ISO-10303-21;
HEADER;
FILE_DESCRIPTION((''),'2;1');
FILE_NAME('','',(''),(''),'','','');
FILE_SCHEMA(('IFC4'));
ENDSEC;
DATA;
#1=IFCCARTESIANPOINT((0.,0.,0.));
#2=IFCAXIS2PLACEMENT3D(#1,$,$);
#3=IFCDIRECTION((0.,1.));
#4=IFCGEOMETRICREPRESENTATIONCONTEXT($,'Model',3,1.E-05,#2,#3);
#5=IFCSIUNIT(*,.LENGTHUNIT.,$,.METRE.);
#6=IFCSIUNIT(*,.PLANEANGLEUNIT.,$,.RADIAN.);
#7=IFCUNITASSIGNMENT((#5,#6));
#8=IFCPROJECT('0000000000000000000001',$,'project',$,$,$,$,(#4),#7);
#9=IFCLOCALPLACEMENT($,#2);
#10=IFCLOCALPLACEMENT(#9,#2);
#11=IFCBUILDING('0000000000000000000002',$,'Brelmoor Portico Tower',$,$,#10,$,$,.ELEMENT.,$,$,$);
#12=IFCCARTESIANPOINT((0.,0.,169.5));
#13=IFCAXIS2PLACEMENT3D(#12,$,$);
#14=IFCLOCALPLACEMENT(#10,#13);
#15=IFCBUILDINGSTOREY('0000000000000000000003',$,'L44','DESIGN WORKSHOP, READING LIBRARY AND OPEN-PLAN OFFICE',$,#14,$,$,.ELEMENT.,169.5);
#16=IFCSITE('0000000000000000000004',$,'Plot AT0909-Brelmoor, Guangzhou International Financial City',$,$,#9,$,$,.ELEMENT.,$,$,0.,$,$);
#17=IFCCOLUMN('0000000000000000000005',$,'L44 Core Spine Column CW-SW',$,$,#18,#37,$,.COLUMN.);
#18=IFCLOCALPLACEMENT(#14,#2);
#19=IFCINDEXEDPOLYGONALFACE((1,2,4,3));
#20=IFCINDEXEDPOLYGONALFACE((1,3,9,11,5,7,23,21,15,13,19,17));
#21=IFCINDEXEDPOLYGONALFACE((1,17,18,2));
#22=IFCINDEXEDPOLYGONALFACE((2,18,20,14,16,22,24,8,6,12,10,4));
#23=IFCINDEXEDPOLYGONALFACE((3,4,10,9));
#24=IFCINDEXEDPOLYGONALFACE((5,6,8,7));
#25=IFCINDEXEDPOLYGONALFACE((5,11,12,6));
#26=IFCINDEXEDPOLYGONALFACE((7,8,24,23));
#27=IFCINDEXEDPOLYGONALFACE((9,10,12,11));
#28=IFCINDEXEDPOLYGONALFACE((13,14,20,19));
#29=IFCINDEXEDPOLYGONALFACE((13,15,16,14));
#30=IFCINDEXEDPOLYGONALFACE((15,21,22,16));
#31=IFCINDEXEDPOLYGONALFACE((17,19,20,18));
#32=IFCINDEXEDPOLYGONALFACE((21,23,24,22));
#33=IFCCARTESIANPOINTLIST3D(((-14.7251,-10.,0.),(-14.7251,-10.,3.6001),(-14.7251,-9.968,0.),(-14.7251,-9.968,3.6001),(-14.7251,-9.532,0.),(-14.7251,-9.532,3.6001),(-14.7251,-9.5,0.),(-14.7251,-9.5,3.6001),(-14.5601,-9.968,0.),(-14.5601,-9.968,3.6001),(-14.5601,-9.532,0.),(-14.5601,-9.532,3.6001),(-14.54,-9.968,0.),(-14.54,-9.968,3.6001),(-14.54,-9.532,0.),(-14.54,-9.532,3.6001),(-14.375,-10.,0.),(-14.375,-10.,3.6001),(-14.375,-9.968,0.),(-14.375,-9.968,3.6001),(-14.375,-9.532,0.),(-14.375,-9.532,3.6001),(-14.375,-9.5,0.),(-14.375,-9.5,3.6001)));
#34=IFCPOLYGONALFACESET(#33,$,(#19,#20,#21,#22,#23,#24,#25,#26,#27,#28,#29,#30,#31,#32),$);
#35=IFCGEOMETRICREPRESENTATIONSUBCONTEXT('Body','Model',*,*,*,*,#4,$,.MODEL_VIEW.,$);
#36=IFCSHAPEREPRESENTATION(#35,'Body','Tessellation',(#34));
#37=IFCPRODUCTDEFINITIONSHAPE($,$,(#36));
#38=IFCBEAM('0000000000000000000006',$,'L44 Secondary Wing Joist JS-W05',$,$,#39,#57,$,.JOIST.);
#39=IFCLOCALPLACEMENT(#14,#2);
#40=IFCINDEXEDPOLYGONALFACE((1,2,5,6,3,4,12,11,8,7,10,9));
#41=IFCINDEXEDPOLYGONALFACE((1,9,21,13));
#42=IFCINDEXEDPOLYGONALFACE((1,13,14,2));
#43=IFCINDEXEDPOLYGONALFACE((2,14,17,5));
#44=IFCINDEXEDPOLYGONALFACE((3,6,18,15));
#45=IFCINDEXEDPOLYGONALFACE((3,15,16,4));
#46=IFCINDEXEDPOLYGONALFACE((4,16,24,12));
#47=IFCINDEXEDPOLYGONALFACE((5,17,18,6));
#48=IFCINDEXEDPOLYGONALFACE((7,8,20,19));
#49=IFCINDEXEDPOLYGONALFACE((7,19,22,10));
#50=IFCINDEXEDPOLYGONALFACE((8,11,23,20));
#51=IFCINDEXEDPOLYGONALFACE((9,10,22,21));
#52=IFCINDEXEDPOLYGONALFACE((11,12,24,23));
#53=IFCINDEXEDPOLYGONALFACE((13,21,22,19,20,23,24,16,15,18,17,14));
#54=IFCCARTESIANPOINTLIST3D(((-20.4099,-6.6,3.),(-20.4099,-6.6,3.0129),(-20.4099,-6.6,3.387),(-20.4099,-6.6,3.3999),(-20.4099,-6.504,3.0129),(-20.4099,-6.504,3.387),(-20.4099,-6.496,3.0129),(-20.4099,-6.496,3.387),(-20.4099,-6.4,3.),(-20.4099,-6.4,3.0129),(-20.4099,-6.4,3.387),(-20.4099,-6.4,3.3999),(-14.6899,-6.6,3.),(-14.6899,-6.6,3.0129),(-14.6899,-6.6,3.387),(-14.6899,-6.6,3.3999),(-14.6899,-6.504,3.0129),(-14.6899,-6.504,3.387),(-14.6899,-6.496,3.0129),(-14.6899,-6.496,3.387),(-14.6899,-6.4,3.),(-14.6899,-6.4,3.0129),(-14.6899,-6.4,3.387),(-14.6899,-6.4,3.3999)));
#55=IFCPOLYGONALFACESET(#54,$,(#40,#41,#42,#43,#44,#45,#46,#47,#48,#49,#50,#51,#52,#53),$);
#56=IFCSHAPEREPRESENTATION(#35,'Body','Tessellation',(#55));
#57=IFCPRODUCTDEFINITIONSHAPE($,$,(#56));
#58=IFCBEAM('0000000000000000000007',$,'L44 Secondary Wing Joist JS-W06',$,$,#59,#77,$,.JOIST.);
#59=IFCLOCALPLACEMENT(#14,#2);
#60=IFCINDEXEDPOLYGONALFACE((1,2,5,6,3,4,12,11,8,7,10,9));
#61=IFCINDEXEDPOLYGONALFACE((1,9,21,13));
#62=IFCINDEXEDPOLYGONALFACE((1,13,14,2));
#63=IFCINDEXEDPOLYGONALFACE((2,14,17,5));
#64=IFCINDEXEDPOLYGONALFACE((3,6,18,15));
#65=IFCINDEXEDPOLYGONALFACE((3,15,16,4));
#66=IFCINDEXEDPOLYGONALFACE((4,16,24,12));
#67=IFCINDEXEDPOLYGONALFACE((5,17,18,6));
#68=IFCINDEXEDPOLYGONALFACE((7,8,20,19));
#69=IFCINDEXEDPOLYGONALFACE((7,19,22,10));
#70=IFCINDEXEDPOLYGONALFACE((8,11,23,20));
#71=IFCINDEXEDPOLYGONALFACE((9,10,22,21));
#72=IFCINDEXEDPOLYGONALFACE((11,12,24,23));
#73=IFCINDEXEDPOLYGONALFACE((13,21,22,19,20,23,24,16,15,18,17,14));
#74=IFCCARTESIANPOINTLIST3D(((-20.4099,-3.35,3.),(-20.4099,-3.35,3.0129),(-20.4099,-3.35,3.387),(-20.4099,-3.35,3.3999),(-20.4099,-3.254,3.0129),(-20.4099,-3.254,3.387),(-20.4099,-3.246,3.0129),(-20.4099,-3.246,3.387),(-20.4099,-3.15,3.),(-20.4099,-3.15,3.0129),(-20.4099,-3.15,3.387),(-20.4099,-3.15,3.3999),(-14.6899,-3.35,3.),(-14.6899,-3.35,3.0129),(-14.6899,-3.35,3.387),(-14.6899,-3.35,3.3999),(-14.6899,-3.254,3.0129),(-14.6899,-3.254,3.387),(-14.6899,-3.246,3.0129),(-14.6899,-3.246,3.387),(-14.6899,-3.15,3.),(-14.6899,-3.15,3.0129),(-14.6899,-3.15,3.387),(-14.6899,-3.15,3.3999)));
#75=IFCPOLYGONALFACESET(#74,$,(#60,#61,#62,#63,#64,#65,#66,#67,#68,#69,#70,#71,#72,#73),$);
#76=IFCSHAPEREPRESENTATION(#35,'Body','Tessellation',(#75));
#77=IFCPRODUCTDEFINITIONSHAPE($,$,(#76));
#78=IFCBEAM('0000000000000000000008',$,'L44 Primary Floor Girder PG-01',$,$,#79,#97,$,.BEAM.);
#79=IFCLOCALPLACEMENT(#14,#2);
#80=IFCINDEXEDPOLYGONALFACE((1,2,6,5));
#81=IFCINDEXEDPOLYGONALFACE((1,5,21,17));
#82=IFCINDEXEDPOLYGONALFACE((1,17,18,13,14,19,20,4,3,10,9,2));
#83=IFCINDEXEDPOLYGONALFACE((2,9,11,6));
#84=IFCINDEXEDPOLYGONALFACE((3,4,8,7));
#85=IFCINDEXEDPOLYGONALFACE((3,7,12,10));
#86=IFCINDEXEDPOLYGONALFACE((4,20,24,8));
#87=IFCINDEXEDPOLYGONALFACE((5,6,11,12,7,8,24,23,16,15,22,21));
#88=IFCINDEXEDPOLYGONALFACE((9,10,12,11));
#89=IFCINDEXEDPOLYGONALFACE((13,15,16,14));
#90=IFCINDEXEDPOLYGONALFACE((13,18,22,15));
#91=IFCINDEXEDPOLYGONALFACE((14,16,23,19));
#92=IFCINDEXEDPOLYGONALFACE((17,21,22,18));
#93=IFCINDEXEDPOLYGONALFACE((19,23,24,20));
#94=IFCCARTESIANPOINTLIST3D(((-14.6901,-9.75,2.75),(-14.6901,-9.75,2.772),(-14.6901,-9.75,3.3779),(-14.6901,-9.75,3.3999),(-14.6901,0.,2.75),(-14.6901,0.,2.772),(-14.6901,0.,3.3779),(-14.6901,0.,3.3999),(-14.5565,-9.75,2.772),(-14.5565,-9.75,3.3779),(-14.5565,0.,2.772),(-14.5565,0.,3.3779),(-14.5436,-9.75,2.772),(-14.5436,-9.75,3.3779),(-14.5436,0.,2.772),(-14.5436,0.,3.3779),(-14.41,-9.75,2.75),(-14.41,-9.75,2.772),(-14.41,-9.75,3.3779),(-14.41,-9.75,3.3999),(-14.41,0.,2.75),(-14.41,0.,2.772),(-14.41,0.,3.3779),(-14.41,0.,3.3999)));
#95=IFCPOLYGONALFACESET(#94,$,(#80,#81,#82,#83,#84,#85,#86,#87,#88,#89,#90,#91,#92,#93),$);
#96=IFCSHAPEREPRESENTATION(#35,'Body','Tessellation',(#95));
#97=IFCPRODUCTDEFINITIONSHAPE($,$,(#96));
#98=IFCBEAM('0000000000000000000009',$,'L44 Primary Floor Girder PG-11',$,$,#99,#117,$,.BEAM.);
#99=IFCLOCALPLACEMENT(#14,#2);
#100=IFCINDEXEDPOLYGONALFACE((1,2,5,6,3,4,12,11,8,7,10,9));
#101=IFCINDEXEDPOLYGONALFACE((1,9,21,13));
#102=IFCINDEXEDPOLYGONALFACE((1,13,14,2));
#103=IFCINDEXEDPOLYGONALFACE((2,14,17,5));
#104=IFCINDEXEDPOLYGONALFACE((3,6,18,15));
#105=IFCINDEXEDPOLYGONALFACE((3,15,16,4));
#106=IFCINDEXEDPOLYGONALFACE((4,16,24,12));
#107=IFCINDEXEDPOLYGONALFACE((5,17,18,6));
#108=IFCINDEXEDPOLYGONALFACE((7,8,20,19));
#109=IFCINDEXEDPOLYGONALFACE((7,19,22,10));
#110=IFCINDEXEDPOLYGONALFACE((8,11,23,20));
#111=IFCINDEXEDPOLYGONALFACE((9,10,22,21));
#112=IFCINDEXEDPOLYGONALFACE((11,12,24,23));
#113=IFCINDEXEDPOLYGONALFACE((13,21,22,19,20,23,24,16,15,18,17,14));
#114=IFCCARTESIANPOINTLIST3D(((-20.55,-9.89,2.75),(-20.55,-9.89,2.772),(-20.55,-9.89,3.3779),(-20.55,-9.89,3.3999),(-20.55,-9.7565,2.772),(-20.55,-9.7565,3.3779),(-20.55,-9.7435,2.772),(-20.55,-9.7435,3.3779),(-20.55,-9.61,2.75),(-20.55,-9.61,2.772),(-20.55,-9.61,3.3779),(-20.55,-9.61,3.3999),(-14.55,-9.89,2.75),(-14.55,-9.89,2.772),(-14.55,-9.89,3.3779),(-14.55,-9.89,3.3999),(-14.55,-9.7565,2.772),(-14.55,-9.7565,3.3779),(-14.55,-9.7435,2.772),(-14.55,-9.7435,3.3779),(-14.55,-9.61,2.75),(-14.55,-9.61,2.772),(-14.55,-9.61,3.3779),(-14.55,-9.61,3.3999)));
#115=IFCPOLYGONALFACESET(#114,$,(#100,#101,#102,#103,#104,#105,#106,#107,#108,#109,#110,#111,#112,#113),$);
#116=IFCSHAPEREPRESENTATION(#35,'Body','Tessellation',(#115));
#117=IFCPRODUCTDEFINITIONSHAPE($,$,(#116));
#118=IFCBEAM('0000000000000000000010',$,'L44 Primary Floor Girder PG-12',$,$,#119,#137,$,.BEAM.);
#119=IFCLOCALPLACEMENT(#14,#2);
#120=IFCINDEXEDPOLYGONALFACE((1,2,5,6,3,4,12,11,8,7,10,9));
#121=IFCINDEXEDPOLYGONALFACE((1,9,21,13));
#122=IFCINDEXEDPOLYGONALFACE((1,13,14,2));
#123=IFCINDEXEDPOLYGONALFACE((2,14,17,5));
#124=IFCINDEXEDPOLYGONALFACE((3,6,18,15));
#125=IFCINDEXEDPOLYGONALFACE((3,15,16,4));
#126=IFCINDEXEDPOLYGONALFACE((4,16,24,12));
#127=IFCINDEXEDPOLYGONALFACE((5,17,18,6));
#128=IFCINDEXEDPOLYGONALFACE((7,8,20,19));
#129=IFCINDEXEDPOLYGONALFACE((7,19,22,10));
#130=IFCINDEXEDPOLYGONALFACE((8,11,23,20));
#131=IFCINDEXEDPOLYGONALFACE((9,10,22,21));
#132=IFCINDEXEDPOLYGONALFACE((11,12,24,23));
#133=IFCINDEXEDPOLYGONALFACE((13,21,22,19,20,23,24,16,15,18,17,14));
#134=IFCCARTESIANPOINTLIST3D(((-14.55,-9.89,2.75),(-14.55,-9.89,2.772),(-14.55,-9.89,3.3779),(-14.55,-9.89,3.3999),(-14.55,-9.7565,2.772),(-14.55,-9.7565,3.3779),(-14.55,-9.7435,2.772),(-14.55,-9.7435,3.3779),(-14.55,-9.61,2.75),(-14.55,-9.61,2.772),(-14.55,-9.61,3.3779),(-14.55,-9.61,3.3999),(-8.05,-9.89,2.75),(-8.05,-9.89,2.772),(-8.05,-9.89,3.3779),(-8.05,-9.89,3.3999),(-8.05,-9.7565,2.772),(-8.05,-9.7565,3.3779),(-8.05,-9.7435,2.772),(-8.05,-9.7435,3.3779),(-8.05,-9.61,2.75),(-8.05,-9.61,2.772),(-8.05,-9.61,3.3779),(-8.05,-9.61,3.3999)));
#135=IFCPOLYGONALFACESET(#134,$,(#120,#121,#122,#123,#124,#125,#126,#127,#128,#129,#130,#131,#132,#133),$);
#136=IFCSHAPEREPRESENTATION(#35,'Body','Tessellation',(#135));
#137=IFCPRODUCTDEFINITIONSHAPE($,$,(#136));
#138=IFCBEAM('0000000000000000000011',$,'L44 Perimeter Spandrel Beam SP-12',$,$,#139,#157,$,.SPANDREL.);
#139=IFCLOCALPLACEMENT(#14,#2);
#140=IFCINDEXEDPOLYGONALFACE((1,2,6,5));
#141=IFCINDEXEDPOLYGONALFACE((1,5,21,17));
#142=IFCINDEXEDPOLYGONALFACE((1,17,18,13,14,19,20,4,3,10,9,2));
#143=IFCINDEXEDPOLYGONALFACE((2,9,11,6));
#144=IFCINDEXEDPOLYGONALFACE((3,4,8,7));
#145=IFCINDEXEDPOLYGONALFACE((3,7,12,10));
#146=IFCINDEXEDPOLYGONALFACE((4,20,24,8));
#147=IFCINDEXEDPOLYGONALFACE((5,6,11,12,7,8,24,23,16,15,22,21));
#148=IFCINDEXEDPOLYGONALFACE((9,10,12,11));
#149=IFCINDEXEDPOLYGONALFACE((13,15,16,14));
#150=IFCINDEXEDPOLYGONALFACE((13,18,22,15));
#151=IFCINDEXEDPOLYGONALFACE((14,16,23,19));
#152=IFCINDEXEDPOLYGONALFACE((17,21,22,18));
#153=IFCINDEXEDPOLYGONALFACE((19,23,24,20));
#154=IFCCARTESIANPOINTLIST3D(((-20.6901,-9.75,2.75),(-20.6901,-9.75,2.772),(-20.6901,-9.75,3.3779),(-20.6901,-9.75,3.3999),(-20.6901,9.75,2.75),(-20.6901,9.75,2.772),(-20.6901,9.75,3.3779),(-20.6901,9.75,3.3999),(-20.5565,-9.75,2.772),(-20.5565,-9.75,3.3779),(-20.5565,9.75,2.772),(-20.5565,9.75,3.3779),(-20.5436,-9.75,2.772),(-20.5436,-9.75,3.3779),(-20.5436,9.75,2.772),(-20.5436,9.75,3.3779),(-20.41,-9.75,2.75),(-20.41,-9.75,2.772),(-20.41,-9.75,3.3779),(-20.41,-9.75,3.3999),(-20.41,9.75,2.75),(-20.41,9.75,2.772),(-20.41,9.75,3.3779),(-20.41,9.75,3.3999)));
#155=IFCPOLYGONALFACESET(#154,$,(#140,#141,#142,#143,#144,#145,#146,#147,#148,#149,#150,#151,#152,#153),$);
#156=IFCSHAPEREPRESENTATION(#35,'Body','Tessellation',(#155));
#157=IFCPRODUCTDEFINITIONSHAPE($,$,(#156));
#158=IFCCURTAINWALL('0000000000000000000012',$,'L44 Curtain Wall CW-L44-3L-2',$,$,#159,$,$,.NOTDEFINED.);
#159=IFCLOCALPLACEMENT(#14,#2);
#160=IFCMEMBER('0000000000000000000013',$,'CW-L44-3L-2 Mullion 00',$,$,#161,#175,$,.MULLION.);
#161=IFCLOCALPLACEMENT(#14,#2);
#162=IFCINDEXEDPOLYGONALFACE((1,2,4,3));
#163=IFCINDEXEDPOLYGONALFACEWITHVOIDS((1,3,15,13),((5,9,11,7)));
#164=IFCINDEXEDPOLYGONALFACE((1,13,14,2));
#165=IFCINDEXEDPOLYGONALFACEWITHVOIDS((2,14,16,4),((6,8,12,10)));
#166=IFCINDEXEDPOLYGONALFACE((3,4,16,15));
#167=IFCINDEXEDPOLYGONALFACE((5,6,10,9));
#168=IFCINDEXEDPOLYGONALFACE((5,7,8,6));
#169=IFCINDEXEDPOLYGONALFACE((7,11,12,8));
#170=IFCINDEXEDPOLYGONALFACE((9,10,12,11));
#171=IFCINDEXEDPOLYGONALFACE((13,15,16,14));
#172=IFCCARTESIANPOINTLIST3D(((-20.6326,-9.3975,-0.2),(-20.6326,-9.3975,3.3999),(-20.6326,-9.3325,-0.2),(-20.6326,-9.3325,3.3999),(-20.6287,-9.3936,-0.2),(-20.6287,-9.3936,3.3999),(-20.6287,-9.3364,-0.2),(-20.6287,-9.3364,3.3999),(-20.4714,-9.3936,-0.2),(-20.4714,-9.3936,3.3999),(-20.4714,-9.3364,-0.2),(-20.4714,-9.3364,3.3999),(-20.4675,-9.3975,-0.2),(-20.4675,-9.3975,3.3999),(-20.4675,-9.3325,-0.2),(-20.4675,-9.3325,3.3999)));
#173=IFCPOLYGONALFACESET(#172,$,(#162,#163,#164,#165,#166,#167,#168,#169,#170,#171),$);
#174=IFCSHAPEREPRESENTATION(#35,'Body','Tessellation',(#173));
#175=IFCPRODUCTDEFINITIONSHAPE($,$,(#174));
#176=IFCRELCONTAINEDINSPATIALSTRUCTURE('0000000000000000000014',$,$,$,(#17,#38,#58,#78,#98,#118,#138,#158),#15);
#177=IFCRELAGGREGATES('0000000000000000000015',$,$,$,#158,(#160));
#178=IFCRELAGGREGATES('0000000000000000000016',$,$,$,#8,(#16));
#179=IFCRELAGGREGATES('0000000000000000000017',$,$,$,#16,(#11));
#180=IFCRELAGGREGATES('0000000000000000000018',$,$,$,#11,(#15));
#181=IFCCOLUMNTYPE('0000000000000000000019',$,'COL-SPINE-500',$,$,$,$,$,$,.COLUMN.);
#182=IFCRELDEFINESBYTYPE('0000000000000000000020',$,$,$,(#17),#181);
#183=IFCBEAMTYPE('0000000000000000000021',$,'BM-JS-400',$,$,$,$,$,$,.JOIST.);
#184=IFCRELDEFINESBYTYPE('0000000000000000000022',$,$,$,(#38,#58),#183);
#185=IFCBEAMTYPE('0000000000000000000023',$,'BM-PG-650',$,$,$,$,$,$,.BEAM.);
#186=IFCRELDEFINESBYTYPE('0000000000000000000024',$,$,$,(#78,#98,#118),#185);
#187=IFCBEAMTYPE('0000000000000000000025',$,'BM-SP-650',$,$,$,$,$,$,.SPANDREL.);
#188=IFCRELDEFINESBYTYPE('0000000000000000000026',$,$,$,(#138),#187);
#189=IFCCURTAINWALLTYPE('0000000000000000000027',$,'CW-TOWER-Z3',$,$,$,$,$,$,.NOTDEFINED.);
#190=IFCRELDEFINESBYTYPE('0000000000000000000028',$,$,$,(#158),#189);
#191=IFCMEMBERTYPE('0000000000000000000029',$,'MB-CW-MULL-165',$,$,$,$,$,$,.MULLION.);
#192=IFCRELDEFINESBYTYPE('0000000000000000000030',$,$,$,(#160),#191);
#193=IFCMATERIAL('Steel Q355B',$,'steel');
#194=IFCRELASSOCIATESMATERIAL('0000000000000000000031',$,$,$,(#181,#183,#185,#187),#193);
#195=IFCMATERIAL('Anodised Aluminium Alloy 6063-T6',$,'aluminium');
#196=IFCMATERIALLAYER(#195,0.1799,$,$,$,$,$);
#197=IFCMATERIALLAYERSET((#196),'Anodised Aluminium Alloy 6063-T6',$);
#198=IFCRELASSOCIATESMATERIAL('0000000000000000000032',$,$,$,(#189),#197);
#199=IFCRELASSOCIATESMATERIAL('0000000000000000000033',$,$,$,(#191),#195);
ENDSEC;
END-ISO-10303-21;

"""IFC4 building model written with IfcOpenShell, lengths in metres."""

from ifc_helpers import new_model, si_unit, direction, frame, origin, origin_2d, place, context, subcontext, project, spatial, hollow_rectangle, i_section, extrude, material, layer, layer_set, material_profile, profile_set, type_object, element, aggregate, save


model = new_model("IFC4")

# Units and contexts
model_context = context("Model", 3, precision=1e-05, world=origin(), true_north=direction((0.0, 1.0)))
body_context = subcontext(model_context, "Body", "Model", "MODEL_VIEW")
ifc_project = project(units=[si_unit("LENGTHUNIT", "METRE"), si_unit("PLANEANGLEUNIT", "RADIAN")], contexts=[model_context])

# Site, building, storey
site_placement = place(None, origin())
site = spatial("IfcSite", under=ifc_project, at=site_placement, Name="Plot AT0909-Brelmoor, Guangzhou International Financial City", CompositionType="ELEMENT", RefElevation=0.0)
building_placement = place(site_placement, origin())
building = spatial("IfcBuilding", under=site, at=building_placement, Name="Brelmoor Portico Tower", CompositionType="ELEMENT")
storey_placement = place(building_placement, frame((0.0, 0.0, 169.5)))
storey = spatial("IfcBuildingStorey", under=building, at=storey_placement, Name="L44", Description="DESIGN WORKSHOP, READING LIBRARY AND OPEN-PLAN OFFICE", CompositionType="ELEMENT", Elevation=169.5)

# Column
ifc_material_1 = material(Name="Steel Q355B", Category="steel")
ifc_material_profile_1 = material_profile(ifc_material_1, i_section(OverallWidth=0.3501, OverallDepth=0.5, WebThickness=0.02, FlangeThickness=0.032, at=origin_2d()), Name="HW 500x350x20x32")
ifc_profile_set_1 = profile_set([ifc_material_profile_1], Name="Steel Q355B")
column_type = type_object("IfcColumnType", Name="COL-SPINE-500", PredefinedType="COLUMN", material=ifc_profile_set_1)
column_placement = place(storey_placement, frame((-14.55, -9.75, 0.0), z_axis=(0.0, 0.0, 1.0), x_axis=(1.0, 0.0, 0.0)))
element("IfcColumn", 1, at=column_placement, inside=storey, type_object=column_type, Name="L44 Core Spine Column CW-SW", PredefinedType="COLUMN", context=body_context, shape_type="SweptSolid", body=[
    extrude(i_section(OverallWidth=0.3501, OverallDepth=0.5, WebThickness=0.02, FlangeThickness=0.032, at=origin_2d()), origin(), (0.0, 0.0, 1.0), 3.6001),
])

# Beams
ifc_material_profile_2 = material_profile(ifc_material_1, i_section(OverallWidth=0.2, OverallDepth=0.3999, WebThickness=0.0081, FlangeThickness=0.0129, at=origin_2d()), Name="HN 400x200x8x13")
ifc_profile_set_2 = profile_set([ifc_material_profile_2], Name="Steel Q355B")
beam_type_1 = type_object("IfcBeamType", Name="BM-JS-400", PredefinedType="JOIST", material=ifc_profile_set_2)
for number, where, z_axis, x_axis, name in (
    (2, (-20.4099, -6.5, 3.2), (1.0, 0.0, 0.0), (0.0, 1.0, 0.0), "L44 Secondary Wing Joist JS-W05"),
    (3, (-20.4099, -3.25, 3.2), (1.0, 0.0, 0.0), (0.0, 1.0, 0.0), "L44 Secondary Wing Joist JS-W06"),
):
    element("IfcBeam", number, at=place(storey_placement, frame(where, z_axis=z_axis, x_axis=x_axis)), inside=storey, type_object=beam_type_1, Name=name, PredefinedType="JOIST", context=body_context, shape_type="SweptSolid", body=[
        extrude(i_section(OverallWidth=0.2, OverallDepth=0.3999, WebThickness=0.0081, FlangeThickness=0.0129, at=origin_2d()), origin(), (0.0, 0.0, 1.0), 5.72),
    ])
ifc_material_profile_3 = material_profile(ifc_material_1, i_section(OverallWidth=0.28, OverallDepth=0.6499, WebThickness=0.0129, FlangeThickness=0.022, at=origin_2d()), Name="HN 650x280x13x22")
ifc_profile_set_3 = profile_set([ifc_material_profile_3], Name="Steel Q355B")
beam_type_2 = type_object("IfcBeamType", Name="BM-PG-650", PredefinedType="BEAM", material=ifc_profile_set_3)
beam_1_placement = place(storey_placement, frame((-14.55, -9.75, 3.075), z_axis=(0.0, 1.0, 0.0), x_axis=(-1.0, 0.0, 0.0)))
element("IfcBeam", 4, at=beam_1_placement, inside=storey, type_object=beam_type_2, Name="L44 Primary Floor Girder PG-01", PredefinedType="BEAM", context=body_context, shape_type="SweptSolid", body=[
    extrude(i_section(OverallWidth=0.28, OverallDepth=0.6499, WebThickness=0.0129, FlangeThickness=0.022, at=origin_2d()), origin(), (0.0, 0.0, 1.0), 9.75),
])
beam_2_placement = place(storey_placement, frame((-20.55, -9.75, 3.075), z_axis=(1.0, 0.0, 0.0), x_axis=(0.0, 1.0, 0.0)))
element("IfcBeam", 5, at=beam_2_placement, inside=storey, type_object=beam_type_2, Name="L44 Primary Floor Girder PG-11", PredefinedType="BEAM", context=body_context, shape_type="SweptSolid", body=[
    extrude(i_section(OverallWidth=0.28, OverallDepth=0.6499, WebThickness=0.0129, FlangeThickness=0.022, at=origin_2d()), origin(), (0.0, 0.0, 1.0), 6.0),
])
beam_3_placement = place(storey_placement, frame((-14.55, -9.75, 3.075), z_axis=(1.0, 0.0, 0.0), x_axis=(0.0, 1.0, 0.0)))
element("IfcBeam", 6, at=beam_3_placement, inside=storey, type_object=beam_type_2, Name="L44 Primary Floor Girder PG-12", PredefinedType="BEAM", context=body_context, shape_type="SweptSolid", body=[
    extrude(i_section(OverallWidth=0.28, OverallDepth=0.6499, WebThickness=0.0129, FlangeThickness=0.022, at=origin_2d()), origin(), (0.0, 0.0, 1.0), 6.5),
])
ifc_material_profile_4 = material_profile(ifc_material_1, i_section(OverallWidth=0.28, OverallDepth=0.6499, WebThickness=0.0129, FlangeThickness=0.022, at=origin_2d()), Name="HN 650x280x13x22")
ifc_profile_set_4 = profile_set([ifc_material_profile_4], Name="Steel Q355B")
beam_type_3 = type_object("IfcBeamType", Name="BM-SP-650", PredefinedType="SPANDREL", material=ifc_profile_set_4)
beam_4_placement = place(storey_placement, frame((-20.55, -9.75, 3.075), z_axis=(0.0, 1.0, 0.0), x_axis=(-1.0, 0.0, 0.0)))
element("IfcBeam", 7, at=beam_4_placement, inside=storey, type_object=beam_type_3, Name="L44 Perimeter Spandrel Beam SP-12", PredefinedType="SPANDREL", context=body_context, shape_type="SweptSolid", body=[
    extrude(i_section(OverallWidth=0.28, OverallDepth=0.6499, WebThickness=0.0129, FlangeThickness=0.022, at=origin_2d()), origin(), (0.0, 0.0, 1.0), 19.5),
])

# Curtain wall, member
ifc_material_2 = material(Name="Anodised Aluminium Alloy 6063-T6", Category="aluminium")
ifc_layer_1 = layer(ifc_material_2, 0.1799)
ifc_layer_set_1 = layer_set([ifc_layer_1], Name="Anodised Aluminium Alloy 6063-T6")
curtain_wall_type = type_object("IfcCurtainWallType", Name="CW-TOWER-Z3", PredefinedType="NOTDEFINED", material=ifc_layer_set_1)
curtain_wall_placement = place(storey_placement, origin())
curtain_wall = element("IfcCurtainWall", 8, at=curtain_wall_placement, inside=storey, type_object=curtain_wall_type, Name="L44 Curtain Wall CW-L44-3L-2", PredefinedType="NOTDEFINED")
ifc_material_profile_5 = material_profile(ifc_material_2, hollow_rectangle(XDim=0.0649, YDim=0.165, WallThickness=0.0039, at=origin_2d()), Name="ALU MULLION 65x165")
ifc_profile_set_5 = profile_set([ifc_material_profile_5], Name="Anodised Aluminium Alloy 6063-T6")
member_type_1 = type_object("IfcMemberType", Name="MB-CW-MULL-165", PredefinedType="MULLION", material=ifc_profile_set_5)
member_1_placement = place(storey_placement, frame((-20.55, -9.365, -0.2), z_axis=(0.0, 0.0, 1.0), x_axis=(0.0, 1.0, 0.0)))
member_1 = element("IfcMember", 9, at=member_1_placement, type_object=member_type_1, Name="CW-L44-3L-2 Mullion 00", PredefinedType="MULLION", context=body_context, shape_type="SweptSolid", body=[
    extrude(hollow_rectangle(XDim=0.0649, YDim=0.165, WallThickness=0.0039, at=origin_2d()), origin(), (0.0, 0.0, 1.0), 3.5999),
])
aggregate(curtain_wall, [member_1])

save(model, "model.ifc")
